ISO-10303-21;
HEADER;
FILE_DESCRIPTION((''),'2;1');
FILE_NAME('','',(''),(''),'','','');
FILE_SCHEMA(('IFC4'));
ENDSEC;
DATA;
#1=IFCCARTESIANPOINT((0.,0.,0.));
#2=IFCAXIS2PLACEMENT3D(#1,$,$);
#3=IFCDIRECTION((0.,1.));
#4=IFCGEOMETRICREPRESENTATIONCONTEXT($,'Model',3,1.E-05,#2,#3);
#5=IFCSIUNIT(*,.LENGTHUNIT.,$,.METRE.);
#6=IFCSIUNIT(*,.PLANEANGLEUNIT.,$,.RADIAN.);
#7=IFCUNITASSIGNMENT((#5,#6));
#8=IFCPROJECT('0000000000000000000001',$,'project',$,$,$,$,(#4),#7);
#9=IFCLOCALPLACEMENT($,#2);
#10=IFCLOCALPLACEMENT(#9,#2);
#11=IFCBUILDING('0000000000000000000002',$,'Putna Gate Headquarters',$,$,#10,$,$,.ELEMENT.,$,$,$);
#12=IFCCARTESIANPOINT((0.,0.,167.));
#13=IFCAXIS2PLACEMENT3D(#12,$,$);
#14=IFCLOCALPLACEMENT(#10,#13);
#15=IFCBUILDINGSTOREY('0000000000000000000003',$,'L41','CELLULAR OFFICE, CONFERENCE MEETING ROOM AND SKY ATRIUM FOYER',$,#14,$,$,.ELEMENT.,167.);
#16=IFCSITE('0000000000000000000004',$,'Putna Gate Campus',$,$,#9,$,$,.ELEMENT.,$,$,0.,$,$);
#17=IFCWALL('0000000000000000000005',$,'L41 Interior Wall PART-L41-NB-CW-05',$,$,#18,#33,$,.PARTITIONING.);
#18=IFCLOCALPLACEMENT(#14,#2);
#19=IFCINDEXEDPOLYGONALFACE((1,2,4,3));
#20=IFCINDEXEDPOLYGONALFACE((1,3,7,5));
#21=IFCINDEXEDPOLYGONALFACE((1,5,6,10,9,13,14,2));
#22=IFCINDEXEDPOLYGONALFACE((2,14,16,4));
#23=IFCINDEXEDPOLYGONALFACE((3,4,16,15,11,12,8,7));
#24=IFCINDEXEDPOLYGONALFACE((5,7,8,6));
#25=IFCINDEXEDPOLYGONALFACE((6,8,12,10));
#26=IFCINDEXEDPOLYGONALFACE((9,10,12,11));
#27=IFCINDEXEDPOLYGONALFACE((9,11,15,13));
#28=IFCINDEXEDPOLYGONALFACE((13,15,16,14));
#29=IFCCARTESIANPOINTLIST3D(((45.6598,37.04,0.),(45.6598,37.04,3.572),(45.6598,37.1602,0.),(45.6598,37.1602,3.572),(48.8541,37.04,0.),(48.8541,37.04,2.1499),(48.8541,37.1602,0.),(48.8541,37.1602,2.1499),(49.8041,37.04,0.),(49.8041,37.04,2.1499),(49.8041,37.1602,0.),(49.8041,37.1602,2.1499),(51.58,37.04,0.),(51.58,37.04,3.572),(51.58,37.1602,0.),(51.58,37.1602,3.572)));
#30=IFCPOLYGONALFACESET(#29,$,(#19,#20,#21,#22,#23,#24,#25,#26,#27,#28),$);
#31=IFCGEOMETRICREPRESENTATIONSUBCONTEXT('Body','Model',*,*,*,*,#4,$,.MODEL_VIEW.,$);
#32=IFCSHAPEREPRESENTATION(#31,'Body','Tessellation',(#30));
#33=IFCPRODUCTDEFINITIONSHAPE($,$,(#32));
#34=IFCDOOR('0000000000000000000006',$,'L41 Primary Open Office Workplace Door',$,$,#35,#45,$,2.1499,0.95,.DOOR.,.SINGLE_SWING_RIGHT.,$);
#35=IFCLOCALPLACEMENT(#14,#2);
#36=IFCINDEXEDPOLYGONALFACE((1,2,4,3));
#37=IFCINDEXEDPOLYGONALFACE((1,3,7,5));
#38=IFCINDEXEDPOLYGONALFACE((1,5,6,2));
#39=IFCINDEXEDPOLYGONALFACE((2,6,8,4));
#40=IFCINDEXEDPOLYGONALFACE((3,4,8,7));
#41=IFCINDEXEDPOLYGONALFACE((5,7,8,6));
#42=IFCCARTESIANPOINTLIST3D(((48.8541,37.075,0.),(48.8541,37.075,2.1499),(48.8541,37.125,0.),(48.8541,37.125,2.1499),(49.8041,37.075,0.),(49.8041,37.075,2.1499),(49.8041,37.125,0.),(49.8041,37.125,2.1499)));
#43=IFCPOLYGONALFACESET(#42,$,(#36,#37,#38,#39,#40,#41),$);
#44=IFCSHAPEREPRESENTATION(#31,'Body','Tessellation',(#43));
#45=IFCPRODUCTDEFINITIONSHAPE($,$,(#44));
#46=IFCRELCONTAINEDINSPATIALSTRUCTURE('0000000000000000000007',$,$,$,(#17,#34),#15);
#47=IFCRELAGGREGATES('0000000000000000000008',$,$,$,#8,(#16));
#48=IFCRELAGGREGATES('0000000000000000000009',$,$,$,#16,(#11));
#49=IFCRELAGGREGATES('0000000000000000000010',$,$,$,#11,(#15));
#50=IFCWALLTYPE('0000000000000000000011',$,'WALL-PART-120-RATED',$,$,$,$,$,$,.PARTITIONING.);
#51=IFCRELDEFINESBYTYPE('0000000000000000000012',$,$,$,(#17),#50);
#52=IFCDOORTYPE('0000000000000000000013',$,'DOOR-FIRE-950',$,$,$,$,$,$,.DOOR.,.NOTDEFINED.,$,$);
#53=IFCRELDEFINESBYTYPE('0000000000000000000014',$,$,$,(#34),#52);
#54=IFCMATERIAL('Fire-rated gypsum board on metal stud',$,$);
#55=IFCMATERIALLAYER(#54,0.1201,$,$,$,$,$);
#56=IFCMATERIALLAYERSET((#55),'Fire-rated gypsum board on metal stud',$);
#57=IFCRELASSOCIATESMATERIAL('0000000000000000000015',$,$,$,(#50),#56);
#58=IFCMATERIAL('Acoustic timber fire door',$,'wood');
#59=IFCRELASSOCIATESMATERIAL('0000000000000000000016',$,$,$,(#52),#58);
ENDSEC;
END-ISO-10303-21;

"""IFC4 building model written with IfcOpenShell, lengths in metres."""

from ifc_helpers import new_model, si_unit, direction, frame, frame_2d, origin, place, context, subcontext, project, spatial, rectangle, extrude, material, layer, layer_set, type_object, element, fill, save


model = new_model("IFC4")

# Units and contexts
model_context = context("Model", 3, precision=1e-05, world=origin(), true_north=direction((0.0, 1.0)))
body_context = subcontext(model_context, "Body", "Model", "MODEL_VIEW")
ifc_project = project(units=[si_unit("LENGTHUNIT", "METRE"), si_unit("PLANEANGLEUNIT", "RADIAN")], contexts=[model_context])

# Site, building, storey
site_placement = place(None, origin())
site = spatial("IfcSite", under=ifc_project, at=site_placement, Name="Putna Gate Campus", CompositionType="ELEMENT", RefElevation=0.0)
building_placement = place(site_placement, origin())
building = spatial("IfcBuilding", under=site, at=building_placement, Name="Putna Gate Headquarters", CompositionType="ELEMENT")
storey_placement = place(building_placement, frame((0.0, 0.0, 167.0)))
storey = spatial("IfcBuildingStorey", under=building, at=storey_placement, Name="L41", Description="CELLULAR OFFICE, CONFERENCE MEETING ROOM AND SKY ATRIUM FOYER", CompositionType="ELEMENT", Elevation=167.0)

# Wall, opening, door
ifc_material_1 = material(Name="Fire-rated gypsum board on metal stud")
ifc_layer_1 = layer(ifc_material_1, 0.1201)
ifc_layer_set_1 = layer_set([ifc_layer_1], Name="Fire-rated gypsum board on metal stud")
wall_type_1 = type_object("IfcWallType", Name="WALL-PART-120-RATED", PredefinedType="PARTITIONING", material=ifc_layer_set_1)
wall_1_placement = place(storey_placement, frame((45.6599, 37.1001, 0.0), z_axis=(0.0, 0.0, 1.0), x_axis=(1.0, 0.0, 0.0)))
wall_1 = element("IfcWall", 1, at=wall_1_placement, inside=storey, type_object=wall_type_1, Name="L41 Interior Wall PART-L41-NB-CW-05", PredefinedType="PARTITIONING", context=body_context, shape_type="SweptSolid", body=[
    extrude(rectangle(XDim=5.9202, YDim=0.1201, at=frame_2d((2.96, 0.0))), origin(), (0.0, 0.0, 1.0), 3.572),
])
opening_1_placement = place(wall_1_placement, frame((3.1941, 0.0, 0.0)))
opening_1 = element("IfcOpeningElement", 2, at=opening_1_placement, cuts=wall_1, PredefinedType="OPENING", context=body_context, shape_type="SweptSolid", body=[
    extrude(rectangle(XDim=0.95, YDim=2.1499, at=frame_2d((0.4751, 1.075))), frame((0.0, 0.0701, 0.0), z_axis=(0.0, -1.0, 0.0), x_axis=(1.0, 0.0, 0.0)), (0.0, 0.0, 1.0), 0.1401),
])
ifc_material_2 = material(Name="Acoustic timber fire door", Category="wood")
door_type_1 = type_object("IfcDoorType", Name="DOOR-FIRE-950", OperationType="NOTDEFINED", PredefinedType="DOOR", material=ifc_material_2)
door_1_placement = place(opening_1_placement, origin())
door_1 = element("IfcDoor", 3, at=door_1_placement, inside=storey, type_object=door_type_1, Name="L41 Primary Open Office Workplace Door", OperationType="SINGLE_SWING_RIGHT", OverallHeight=2.1499, OverallWidth=0.95, PredefinedType="DOOR", context=body_context, shape_type="SweptSolid", body=[
    extrude(rectangle(XDim=0.95, YDim=2.1499, at=frame_2d((0.4751, 1.075))), frame((0.0, 0.0249, 0.0), z_axis=(0.0, -1.0, 0.0), x_axis=(1.0, 0.0, 0.0)), (0.0, 0.0, 1.0), 0.05),
])
fill(opening_1, door_1)

save(model, "model.ifc")
